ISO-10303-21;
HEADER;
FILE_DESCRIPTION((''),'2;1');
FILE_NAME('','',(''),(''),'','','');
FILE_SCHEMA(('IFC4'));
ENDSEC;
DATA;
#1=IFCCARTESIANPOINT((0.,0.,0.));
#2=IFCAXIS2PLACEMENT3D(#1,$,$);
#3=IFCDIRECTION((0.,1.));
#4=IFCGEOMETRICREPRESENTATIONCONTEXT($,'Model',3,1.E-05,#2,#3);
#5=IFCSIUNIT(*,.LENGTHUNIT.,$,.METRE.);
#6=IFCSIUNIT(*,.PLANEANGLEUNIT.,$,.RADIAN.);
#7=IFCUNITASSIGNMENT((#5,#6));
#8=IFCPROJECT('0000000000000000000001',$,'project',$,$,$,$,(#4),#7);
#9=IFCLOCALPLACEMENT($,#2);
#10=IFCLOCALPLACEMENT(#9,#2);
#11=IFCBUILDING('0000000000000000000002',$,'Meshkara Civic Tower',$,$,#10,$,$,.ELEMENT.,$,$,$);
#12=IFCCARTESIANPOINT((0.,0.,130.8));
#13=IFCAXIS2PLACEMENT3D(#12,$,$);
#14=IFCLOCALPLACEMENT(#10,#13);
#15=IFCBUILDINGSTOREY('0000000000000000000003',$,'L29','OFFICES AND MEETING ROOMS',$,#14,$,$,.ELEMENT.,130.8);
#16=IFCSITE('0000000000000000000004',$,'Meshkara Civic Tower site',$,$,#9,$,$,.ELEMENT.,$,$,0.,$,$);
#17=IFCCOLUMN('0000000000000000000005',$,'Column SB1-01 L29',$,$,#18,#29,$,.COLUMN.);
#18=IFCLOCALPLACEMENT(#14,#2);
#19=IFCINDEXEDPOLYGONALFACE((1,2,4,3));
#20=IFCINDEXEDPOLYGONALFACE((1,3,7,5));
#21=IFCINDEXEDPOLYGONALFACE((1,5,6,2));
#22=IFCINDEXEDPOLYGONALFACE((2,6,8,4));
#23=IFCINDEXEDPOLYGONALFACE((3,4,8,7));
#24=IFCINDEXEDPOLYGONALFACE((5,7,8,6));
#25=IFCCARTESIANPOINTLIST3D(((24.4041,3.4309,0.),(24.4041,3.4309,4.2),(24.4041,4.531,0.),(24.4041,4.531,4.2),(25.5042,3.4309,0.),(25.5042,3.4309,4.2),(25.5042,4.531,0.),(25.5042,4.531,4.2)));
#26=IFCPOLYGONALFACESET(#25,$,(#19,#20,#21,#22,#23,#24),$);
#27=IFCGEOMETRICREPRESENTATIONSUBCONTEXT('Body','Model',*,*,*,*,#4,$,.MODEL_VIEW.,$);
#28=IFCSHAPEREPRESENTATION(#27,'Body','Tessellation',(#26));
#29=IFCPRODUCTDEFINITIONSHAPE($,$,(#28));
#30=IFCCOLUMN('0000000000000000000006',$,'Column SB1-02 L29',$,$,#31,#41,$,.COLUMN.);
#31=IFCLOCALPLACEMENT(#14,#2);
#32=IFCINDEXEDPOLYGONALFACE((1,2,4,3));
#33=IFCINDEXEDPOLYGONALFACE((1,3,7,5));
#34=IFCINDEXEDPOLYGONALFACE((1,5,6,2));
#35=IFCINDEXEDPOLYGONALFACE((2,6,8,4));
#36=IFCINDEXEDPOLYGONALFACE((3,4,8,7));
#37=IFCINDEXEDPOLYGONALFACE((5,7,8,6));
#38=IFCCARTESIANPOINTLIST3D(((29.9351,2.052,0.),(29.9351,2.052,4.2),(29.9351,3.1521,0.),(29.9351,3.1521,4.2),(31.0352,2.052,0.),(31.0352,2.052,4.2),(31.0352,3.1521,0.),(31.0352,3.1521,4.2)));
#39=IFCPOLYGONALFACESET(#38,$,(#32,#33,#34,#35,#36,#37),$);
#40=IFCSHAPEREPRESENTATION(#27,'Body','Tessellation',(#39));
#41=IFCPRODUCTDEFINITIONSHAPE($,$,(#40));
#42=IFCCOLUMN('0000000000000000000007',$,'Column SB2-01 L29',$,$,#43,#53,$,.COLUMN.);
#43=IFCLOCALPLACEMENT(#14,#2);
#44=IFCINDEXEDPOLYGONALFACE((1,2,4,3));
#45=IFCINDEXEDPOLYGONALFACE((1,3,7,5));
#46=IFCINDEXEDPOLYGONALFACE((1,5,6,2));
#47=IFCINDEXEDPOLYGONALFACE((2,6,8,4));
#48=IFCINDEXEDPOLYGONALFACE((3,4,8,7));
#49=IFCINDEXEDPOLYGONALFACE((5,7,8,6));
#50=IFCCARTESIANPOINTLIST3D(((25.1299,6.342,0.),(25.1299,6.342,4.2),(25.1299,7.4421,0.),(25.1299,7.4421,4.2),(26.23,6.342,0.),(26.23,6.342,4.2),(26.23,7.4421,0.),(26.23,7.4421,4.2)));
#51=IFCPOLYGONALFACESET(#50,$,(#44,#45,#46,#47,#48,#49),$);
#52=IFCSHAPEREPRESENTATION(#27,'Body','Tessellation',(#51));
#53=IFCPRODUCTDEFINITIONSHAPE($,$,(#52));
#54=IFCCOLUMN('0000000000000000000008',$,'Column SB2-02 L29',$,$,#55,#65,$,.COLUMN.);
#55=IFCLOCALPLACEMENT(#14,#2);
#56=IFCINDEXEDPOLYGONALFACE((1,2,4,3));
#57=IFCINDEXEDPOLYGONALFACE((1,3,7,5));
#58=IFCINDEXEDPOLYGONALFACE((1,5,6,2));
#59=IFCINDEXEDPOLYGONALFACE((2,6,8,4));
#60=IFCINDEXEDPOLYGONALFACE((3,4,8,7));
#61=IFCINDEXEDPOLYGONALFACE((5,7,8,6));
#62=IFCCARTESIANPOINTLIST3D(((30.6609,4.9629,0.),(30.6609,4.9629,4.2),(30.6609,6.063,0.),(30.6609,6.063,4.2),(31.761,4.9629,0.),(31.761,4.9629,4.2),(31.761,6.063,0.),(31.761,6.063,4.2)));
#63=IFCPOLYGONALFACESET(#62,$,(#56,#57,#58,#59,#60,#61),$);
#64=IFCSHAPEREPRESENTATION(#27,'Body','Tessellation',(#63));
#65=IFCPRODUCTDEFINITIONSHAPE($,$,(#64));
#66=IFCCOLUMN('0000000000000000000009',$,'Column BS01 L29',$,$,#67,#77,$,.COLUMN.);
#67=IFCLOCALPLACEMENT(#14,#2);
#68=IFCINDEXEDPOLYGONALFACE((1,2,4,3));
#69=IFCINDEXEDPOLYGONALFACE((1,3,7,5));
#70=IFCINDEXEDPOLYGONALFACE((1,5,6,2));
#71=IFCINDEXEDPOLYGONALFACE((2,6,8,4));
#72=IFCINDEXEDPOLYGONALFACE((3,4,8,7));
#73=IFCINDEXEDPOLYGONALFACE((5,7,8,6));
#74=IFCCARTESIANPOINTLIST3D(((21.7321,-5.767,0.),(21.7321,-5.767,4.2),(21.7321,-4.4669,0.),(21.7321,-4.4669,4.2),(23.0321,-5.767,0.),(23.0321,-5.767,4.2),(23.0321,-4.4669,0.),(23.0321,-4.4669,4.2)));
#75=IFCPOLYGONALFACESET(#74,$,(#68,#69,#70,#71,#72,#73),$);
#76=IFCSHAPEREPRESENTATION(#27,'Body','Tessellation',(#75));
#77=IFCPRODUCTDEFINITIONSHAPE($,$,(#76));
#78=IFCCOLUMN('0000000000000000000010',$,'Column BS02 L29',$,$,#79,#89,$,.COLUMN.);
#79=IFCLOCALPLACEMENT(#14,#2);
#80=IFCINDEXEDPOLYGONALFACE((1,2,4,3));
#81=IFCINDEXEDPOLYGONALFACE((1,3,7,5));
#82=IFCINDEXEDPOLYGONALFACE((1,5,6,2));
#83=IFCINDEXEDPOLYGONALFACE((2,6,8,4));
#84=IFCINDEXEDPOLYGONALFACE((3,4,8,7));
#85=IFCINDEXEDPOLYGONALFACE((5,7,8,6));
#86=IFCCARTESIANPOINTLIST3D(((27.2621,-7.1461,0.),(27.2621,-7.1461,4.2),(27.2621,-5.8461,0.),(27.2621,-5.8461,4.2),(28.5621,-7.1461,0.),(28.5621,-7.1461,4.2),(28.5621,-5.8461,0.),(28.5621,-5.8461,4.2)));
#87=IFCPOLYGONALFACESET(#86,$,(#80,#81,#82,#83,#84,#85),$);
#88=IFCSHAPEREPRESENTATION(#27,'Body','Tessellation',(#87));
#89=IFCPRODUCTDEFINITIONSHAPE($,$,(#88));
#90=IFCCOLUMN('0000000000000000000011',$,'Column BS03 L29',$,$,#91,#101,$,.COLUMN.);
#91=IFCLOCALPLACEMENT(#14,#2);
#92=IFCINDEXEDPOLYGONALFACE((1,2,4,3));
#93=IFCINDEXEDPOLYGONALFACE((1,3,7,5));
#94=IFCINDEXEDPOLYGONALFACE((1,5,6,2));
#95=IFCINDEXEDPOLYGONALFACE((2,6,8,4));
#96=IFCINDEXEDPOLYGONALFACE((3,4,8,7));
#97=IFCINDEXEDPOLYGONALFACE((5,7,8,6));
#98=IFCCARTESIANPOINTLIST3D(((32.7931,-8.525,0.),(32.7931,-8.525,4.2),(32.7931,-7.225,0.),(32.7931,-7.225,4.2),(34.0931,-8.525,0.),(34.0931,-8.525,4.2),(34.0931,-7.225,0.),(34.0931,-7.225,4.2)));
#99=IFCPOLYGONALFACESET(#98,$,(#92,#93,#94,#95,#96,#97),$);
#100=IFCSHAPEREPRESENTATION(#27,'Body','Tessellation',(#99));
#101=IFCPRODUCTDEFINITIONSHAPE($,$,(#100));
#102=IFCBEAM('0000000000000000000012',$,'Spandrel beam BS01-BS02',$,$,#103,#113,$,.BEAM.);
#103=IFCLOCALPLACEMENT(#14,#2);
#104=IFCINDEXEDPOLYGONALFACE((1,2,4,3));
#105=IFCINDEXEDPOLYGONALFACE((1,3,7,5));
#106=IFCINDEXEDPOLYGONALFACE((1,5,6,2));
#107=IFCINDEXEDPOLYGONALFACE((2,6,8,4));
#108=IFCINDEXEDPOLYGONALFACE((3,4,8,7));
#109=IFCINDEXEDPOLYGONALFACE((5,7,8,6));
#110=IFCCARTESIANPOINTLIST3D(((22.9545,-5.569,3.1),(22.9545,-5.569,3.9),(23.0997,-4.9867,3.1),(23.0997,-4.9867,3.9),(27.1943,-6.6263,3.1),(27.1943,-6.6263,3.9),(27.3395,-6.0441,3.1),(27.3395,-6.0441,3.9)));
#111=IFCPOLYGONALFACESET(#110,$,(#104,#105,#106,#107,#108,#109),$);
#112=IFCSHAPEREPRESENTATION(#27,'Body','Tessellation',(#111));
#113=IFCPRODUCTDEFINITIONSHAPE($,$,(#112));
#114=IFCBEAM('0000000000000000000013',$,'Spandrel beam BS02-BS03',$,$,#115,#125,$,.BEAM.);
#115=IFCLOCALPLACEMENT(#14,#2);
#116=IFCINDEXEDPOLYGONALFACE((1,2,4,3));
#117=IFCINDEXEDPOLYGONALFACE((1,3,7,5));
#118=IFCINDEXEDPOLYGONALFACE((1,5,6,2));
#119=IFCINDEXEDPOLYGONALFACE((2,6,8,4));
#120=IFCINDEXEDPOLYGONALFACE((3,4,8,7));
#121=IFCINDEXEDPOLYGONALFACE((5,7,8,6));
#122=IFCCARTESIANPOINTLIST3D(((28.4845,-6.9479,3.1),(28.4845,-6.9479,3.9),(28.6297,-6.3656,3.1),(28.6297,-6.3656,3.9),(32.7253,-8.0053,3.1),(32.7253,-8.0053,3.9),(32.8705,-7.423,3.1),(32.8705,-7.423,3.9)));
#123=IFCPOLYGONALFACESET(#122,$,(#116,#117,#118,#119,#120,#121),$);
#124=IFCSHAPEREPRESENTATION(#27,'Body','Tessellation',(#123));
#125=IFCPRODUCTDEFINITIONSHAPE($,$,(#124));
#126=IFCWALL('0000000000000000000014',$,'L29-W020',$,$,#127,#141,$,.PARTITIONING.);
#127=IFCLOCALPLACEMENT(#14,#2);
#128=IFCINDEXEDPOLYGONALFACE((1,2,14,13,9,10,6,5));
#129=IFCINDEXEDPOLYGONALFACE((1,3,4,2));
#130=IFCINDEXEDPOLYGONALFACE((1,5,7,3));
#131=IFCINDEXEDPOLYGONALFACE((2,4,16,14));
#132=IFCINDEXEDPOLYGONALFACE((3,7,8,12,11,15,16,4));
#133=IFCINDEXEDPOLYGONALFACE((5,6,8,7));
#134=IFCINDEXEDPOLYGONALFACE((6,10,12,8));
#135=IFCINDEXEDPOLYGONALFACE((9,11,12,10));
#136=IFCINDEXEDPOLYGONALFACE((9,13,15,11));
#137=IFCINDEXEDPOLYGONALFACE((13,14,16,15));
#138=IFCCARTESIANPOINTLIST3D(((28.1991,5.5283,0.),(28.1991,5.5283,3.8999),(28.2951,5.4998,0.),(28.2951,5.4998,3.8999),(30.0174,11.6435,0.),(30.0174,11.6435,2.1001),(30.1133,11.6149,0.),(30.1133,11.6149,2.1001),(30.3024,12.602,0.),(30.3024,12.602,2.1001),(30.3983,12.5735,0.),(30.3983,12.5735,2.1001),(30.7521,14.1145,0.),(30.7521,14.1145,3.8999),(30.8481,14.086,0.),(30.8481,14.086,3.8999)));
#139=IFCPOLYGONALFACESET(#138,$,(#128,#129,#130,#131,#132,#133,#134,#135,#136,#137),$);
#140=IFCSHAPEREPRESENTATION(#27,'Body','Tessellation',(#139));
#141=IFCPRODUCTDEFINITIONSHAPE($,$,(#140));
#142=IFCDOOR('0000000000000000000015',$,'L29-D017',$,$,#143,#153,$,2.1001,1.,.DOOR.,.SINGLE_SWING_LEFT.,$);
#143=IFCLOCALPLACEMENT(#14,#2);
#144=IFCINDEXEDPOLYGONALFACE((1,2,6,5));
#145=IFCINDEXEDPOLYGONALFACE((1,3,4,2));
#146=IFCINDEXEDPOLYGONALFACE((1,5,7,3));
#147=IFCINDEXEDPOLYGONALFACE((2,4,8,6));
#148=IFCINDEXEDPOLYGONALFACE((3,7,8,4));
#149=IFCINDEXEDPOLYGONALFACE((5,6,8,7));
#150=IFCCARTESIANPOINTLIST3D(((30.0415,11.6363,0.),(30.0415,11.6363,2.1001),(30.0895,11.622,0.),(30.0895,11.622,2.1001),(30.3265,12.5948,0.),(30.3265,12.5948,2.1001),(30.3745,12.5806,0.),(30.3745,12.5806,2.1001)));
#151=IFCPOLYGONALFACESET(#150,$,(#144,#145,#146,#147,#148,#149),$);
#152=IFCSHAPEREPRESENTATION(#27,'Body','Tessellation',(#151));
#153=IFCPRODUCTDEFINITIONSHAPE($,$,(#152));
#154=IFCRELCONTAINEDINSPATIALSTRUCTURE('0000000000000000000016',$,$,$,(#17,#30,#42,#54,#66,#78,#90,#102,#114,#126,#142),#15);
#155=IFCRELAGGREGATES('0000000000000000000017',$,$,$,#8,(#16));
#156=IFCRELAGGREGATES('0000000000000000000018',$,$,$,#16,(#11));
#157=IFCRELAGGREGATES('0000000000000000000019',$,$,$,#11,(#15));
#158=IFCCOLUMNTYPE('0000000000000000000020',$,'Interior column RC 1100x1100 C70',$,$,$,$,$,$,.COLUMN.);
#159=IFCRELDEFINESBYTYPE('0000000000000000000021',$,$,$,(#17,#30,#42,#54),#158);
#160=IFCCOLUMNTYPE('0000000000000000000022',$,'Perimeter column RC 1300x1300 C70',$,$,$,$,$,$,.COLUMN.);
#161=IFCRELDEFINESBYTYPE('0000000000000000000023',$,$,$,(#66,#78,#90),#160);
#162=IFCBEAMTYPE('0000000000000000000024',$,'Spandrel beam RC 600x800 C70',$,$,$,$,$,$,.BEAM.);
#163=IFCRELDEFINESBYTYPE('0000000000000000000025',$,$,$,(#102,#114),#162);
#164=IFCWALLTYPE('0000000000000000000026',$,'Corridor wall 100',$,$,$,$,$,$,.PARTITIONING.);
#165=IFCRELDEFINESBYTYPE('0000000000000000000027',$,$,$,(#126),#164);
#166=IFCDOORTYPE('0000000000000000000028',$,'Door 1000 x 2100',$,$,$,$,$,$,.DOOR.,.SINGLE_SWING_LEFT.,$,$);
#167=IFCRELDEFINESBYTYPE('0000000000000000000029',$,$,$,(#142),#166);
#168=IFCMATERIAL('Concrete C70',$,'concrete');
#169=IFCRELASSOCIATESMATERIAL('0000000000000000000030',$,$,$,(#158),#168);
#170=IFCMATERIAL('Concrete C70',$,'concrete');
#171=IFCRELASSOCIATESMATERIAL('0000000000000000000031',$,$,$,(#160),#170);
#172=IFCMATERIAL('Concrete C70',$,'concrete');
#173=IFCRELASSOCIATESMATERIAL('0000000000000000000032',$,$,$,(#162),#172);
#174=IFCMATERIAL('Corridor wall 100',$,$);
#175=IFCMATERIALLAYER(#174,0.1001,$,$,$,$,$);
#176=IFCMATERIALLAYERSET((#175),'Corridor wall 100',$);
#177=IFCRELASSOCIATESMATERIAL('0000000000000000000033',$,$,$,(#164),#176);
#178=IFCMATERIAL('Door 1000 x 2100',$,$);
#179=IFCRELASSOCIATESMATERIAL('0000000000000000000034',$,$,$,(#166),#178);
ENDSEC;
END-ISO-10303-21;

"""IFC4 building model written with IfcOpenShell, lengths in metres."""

from ifc_helpers import new_model, si_unit, direction, frame, frame_2d, origin, origin_2d, place, context, subcontext, project, spatial, rectangle, extrude, material, layer, layer_set, material_profile, profile_set, type_object, element, fill, save


model = new_model("IFC4")

# Units and contexts
model_context = context("Model", 3, precision=1e-05, world=origin(), true_north=direction((0.0, 1.0)))
body_context = subcontext(model_context, "Body", "Model", "MODEL_VIEW")
ifc_project = project(units=[si_unit("LENGTHUNIT", "METRE"), si_unit("PLANEANGLEUNIT", "RADIAN")], contexts=[model_context])

# Site, building, storey
site_placement = place(None, origin())
site = spatial("IfcSite", under=ifc_project, at=site_placement, Name="Meshkara Civic Tower site", CompositionType="ELEMENT", RefElevation=0.0)
building_placement = place(site_placement, origin())
building = spatial("IfcBuilding", under=site, at=building_placement, Name="Meshkara Civic Tower", CompositionType="ELEMENT")
storey_placement = place(building_placement, frame((0.0, 0.0, 130.8)))
storey = spatial("IfcBuildingStorey", under=building, at=storey_placement, Name="L29", Description="OFFICES AND MEETING ROOMS", CompositionType="ELEMENT", Elevation=130.8)

# Columns
ifc_material_1 = material(Name="Concrete C70", Category="concrete")
ifc_material_profile_1 = material_profile(ifc_material_1, rectangle(XDim=1.1001, YDim=1.1001, at=origin_2d()))
ifc_profile_set_1 = profile_set([ifc_material_profile_1], Name="Concrete C70")
column_type_1 = type_object("IfcColumnType", Name="Interior column RC 1100x1100 C70", PredefinedType="COLUMN", material=ifc_profile_set_1)
for number, where, z_axis, x_axis, name in (
    (1, (24.9541, 3.981, 0.0), (0.0, 0.0, 1.0), (1.0, 0.0, 0.0), "Column SB1-01 L29"),
    (2, (30.4851, 2.6021, 0.0), (0.0, 0.0, 1.0), (1.0, 0.0, 0.0), "Column SB1-02 L29"),
    (3, (25.6799, 6.8921, 0.0), (0.0, 0.0, 1.0), (1.0, 0.0, 0.0), "Column SB2-01 L29"),
    (4, (31.2109, 5.5129, 0.0), (0.0, 0.0, 1.0), (1.0, 0.0, 0.0), "Column SB2-02 L29"),
):
    element("IfcColumn", number, at=place(storey_placement, frame(where, z_axis=z_axis, x_axis=x_axis)), inside=storey, type_object=column_type_1, Name=name, PredefinedType="COLUMN", context=body_context, shape_type="SweptSolid", body=[
        extrude(rectangle(XDim=1.1001, YDim=1.1001, at=origin_2d()), origin(), (0.0, 0.0, 1.0), 4.2),
    ])
ifc_material_2 = material(Name="Concrete C70", Category="concrete")
ifc_material_profile_2 = material_profile(ifc_material_2, rectangle(XDim=1.3, YDim=1.3, at=origin_2d()))
ifc_profile_set_2 = profile_set([ifc_material_profile_2], Name="Concrete C70")
column_type_2 = type_object("IfcColumnType", Name="Perimeter column RC 1300x1300 C70", PredefinedType="COLUMN", material=ifc_profile_set_2)
for number, where, z_axis, x_axis, name in (
    (5, (22.3821, -5.1169, 0.0), (0.0, 0.0, 1.0), (1.0, 0.0, 0.0), "Column BS01 L29"),
    (6, (27.9121, -6.4961, 0.0), (0.0, 0.0, 1.0), (1.0, 0.0, 0.0), "Column BS02 L29"),
    (7, (33.4431, -7.875, 0.0), (0.0, 0.0, 1.0), (1.0, 0.0, 0.0), "Column BS03 L29"),
):
    element("IfcColumn", number, at=place(storey_placement, frame(where, z_axis=z_axis, x_axis=x_axis)), inside=storey, type_object=column_type_2, Name=name, PredefinedType="COLUMN", context=body_context, shape_type="SweptSolid", body=[
        extrude(rectangle(XDim=1.3, YDim=1.3, at=origin_2d()), origin(), (0.0, 0.0, 1.0), 4.2),
    ])

# Beams
ifc_material_3 = material(Name="Concrete C70", Category="concrete")
ifc_material_profile_3 = material_profile(ifc_material_3, rectangle(XDim=0.6001, YDim=0.8, at=origin_2d()))
ifc_profile_set_3 = profile_set([ifc_material_profile_3], Name="Concrete C70")
beam_type = type_object("IfcBeamType", Name="Spandrel beam RC 600x800 C70", PredefinedType="BEAM", material=ifc_profile_set_3)
beam_1_placement = place(storey_placement, frame((23.0271, -5.2778, 3.5), z_axis=(0.97028, -0.241983, 0.0), x_axis=(0.241983, 0.97028, 0.0)))
element("IfcBeam", 8, at=beam_1_placement, inside=storey, type_object=beam_type, Name="Spandrel beam BS01-BS02", PredefinedType="BEAM", context=body_context, shape_type="SweptSolid", body=[
    extrude(rectangle(XDim=0.6001, YDim=0.8, at=origin_2d()), origin(), (0.0, 0.0, 1.0), 4.3696),
])
beam_2_placement = place(storey_placement, frame((28.5571, -6.6567, 3.5), z_axis=(0.970293, -0.241931, 0.0), x_axis=(0.241931, 0.970293, 0.0)))
element("IfcBeam", 9, at=beam_2_placement, inside=storey, type_object=beam_type, Name="Spandrel beam BS02-BS03", PredefinedType="BEAM", context=body_context, shape_type="SweptSolid", body=[
    extrude(rectangle(XDim=0.6001, YDim=0.8, at=origin_2d()), origin(), (0.0, 0.0, 1.0), 4.3706),
])

# Wall, opening, door
ifc_material_4 = material(Name="Corridor wall 100")
ifc_layer_1 = layer(ifc_material_4, 0.1001)
ifc_layer_set_1 = layer_set([ifc_layer_1], Name="Corridor wall 100")
wall_type_1 = type_object("IfcWallType", Name="Corridor wall 100", PredefinedType="PARTITIONING", material=ifc_layer_set_1)
wall_1_placement = place(storey_placement, frame((28.2471, 5.5139, 0.0), z_axis=(0.0, 0.0, 1.0), x_axis=(0.285004, 0.958526, 0.0)))
wall_1 = element("IfcWall", 10, at=wall_1_placement, inside=storey, type_object=wall_type_1, Name="L29-W020", PredefinedType="PARTITIONING", context=body_context, shape_type="SweptSolid", body=[
    extrude(rectangle(XDim=8.9578, YDim=0.1001, at=frame_2d((4.479, 0.0))), origin(), (0.0, 0.0, 1.0), 3.8999),
])
opening_1_placement = place(wall_1_placement, frame((6.3799, 0.0, 0.0)))
opening_1 = element("IfcOpeningElement", 11, at=opening_1_placement, cuts=wall_1, PredefinedType="OPENING", context=body_context, shape_type="SweptSolid", body=[
    extrude(rectangle(XDim=1.0, YDim=2.1001, at=frame_2d((0.5, 1.05))), frame((0.0, 0.0601, 0.0), z_axis=(0.0, -1.0, 0.0), x_axis=(1.0, 0.0, 0.0)), (0.0, 0.0, 1.0), 0.1201),
])
ifc_material_5 = material(Name="Door 1000 x 2100")
door_type_1 = type_object("IfcDoorType", Name="Door 1000 x 2100", OperationType="SINGLE_SWING_LEFT", PredefinedType="DOOR", material=ifc_material_5)
door_1_placement = place(opening_1_placement, origin())
door_1 = element("IfcDoor", 12, at=door_1_placement, inside=storey, type_object=door_type_1, Name="L29-D017", OperationType="SINGLE_SWING_LEFT", OverallHeight=2.1001, OverallWidth=1.0, PredefinedType="DOOR", context=body_context, shape_type="SweptSolid", body=[
    extrude(rectangle(XDim=1.0, YDim=2.1001, at=frame_2d((0.5, 1.05))), frame((0.0, 0.0249, 0.0), z_axis=(0.0, -1.0, 0.0), x_axis=(1.0, 0.0, 0.0)), (0.0, 0.0, 1.0), 0.05),
])
fill(opening_1, door_1)

save(model, "model.ifc")
